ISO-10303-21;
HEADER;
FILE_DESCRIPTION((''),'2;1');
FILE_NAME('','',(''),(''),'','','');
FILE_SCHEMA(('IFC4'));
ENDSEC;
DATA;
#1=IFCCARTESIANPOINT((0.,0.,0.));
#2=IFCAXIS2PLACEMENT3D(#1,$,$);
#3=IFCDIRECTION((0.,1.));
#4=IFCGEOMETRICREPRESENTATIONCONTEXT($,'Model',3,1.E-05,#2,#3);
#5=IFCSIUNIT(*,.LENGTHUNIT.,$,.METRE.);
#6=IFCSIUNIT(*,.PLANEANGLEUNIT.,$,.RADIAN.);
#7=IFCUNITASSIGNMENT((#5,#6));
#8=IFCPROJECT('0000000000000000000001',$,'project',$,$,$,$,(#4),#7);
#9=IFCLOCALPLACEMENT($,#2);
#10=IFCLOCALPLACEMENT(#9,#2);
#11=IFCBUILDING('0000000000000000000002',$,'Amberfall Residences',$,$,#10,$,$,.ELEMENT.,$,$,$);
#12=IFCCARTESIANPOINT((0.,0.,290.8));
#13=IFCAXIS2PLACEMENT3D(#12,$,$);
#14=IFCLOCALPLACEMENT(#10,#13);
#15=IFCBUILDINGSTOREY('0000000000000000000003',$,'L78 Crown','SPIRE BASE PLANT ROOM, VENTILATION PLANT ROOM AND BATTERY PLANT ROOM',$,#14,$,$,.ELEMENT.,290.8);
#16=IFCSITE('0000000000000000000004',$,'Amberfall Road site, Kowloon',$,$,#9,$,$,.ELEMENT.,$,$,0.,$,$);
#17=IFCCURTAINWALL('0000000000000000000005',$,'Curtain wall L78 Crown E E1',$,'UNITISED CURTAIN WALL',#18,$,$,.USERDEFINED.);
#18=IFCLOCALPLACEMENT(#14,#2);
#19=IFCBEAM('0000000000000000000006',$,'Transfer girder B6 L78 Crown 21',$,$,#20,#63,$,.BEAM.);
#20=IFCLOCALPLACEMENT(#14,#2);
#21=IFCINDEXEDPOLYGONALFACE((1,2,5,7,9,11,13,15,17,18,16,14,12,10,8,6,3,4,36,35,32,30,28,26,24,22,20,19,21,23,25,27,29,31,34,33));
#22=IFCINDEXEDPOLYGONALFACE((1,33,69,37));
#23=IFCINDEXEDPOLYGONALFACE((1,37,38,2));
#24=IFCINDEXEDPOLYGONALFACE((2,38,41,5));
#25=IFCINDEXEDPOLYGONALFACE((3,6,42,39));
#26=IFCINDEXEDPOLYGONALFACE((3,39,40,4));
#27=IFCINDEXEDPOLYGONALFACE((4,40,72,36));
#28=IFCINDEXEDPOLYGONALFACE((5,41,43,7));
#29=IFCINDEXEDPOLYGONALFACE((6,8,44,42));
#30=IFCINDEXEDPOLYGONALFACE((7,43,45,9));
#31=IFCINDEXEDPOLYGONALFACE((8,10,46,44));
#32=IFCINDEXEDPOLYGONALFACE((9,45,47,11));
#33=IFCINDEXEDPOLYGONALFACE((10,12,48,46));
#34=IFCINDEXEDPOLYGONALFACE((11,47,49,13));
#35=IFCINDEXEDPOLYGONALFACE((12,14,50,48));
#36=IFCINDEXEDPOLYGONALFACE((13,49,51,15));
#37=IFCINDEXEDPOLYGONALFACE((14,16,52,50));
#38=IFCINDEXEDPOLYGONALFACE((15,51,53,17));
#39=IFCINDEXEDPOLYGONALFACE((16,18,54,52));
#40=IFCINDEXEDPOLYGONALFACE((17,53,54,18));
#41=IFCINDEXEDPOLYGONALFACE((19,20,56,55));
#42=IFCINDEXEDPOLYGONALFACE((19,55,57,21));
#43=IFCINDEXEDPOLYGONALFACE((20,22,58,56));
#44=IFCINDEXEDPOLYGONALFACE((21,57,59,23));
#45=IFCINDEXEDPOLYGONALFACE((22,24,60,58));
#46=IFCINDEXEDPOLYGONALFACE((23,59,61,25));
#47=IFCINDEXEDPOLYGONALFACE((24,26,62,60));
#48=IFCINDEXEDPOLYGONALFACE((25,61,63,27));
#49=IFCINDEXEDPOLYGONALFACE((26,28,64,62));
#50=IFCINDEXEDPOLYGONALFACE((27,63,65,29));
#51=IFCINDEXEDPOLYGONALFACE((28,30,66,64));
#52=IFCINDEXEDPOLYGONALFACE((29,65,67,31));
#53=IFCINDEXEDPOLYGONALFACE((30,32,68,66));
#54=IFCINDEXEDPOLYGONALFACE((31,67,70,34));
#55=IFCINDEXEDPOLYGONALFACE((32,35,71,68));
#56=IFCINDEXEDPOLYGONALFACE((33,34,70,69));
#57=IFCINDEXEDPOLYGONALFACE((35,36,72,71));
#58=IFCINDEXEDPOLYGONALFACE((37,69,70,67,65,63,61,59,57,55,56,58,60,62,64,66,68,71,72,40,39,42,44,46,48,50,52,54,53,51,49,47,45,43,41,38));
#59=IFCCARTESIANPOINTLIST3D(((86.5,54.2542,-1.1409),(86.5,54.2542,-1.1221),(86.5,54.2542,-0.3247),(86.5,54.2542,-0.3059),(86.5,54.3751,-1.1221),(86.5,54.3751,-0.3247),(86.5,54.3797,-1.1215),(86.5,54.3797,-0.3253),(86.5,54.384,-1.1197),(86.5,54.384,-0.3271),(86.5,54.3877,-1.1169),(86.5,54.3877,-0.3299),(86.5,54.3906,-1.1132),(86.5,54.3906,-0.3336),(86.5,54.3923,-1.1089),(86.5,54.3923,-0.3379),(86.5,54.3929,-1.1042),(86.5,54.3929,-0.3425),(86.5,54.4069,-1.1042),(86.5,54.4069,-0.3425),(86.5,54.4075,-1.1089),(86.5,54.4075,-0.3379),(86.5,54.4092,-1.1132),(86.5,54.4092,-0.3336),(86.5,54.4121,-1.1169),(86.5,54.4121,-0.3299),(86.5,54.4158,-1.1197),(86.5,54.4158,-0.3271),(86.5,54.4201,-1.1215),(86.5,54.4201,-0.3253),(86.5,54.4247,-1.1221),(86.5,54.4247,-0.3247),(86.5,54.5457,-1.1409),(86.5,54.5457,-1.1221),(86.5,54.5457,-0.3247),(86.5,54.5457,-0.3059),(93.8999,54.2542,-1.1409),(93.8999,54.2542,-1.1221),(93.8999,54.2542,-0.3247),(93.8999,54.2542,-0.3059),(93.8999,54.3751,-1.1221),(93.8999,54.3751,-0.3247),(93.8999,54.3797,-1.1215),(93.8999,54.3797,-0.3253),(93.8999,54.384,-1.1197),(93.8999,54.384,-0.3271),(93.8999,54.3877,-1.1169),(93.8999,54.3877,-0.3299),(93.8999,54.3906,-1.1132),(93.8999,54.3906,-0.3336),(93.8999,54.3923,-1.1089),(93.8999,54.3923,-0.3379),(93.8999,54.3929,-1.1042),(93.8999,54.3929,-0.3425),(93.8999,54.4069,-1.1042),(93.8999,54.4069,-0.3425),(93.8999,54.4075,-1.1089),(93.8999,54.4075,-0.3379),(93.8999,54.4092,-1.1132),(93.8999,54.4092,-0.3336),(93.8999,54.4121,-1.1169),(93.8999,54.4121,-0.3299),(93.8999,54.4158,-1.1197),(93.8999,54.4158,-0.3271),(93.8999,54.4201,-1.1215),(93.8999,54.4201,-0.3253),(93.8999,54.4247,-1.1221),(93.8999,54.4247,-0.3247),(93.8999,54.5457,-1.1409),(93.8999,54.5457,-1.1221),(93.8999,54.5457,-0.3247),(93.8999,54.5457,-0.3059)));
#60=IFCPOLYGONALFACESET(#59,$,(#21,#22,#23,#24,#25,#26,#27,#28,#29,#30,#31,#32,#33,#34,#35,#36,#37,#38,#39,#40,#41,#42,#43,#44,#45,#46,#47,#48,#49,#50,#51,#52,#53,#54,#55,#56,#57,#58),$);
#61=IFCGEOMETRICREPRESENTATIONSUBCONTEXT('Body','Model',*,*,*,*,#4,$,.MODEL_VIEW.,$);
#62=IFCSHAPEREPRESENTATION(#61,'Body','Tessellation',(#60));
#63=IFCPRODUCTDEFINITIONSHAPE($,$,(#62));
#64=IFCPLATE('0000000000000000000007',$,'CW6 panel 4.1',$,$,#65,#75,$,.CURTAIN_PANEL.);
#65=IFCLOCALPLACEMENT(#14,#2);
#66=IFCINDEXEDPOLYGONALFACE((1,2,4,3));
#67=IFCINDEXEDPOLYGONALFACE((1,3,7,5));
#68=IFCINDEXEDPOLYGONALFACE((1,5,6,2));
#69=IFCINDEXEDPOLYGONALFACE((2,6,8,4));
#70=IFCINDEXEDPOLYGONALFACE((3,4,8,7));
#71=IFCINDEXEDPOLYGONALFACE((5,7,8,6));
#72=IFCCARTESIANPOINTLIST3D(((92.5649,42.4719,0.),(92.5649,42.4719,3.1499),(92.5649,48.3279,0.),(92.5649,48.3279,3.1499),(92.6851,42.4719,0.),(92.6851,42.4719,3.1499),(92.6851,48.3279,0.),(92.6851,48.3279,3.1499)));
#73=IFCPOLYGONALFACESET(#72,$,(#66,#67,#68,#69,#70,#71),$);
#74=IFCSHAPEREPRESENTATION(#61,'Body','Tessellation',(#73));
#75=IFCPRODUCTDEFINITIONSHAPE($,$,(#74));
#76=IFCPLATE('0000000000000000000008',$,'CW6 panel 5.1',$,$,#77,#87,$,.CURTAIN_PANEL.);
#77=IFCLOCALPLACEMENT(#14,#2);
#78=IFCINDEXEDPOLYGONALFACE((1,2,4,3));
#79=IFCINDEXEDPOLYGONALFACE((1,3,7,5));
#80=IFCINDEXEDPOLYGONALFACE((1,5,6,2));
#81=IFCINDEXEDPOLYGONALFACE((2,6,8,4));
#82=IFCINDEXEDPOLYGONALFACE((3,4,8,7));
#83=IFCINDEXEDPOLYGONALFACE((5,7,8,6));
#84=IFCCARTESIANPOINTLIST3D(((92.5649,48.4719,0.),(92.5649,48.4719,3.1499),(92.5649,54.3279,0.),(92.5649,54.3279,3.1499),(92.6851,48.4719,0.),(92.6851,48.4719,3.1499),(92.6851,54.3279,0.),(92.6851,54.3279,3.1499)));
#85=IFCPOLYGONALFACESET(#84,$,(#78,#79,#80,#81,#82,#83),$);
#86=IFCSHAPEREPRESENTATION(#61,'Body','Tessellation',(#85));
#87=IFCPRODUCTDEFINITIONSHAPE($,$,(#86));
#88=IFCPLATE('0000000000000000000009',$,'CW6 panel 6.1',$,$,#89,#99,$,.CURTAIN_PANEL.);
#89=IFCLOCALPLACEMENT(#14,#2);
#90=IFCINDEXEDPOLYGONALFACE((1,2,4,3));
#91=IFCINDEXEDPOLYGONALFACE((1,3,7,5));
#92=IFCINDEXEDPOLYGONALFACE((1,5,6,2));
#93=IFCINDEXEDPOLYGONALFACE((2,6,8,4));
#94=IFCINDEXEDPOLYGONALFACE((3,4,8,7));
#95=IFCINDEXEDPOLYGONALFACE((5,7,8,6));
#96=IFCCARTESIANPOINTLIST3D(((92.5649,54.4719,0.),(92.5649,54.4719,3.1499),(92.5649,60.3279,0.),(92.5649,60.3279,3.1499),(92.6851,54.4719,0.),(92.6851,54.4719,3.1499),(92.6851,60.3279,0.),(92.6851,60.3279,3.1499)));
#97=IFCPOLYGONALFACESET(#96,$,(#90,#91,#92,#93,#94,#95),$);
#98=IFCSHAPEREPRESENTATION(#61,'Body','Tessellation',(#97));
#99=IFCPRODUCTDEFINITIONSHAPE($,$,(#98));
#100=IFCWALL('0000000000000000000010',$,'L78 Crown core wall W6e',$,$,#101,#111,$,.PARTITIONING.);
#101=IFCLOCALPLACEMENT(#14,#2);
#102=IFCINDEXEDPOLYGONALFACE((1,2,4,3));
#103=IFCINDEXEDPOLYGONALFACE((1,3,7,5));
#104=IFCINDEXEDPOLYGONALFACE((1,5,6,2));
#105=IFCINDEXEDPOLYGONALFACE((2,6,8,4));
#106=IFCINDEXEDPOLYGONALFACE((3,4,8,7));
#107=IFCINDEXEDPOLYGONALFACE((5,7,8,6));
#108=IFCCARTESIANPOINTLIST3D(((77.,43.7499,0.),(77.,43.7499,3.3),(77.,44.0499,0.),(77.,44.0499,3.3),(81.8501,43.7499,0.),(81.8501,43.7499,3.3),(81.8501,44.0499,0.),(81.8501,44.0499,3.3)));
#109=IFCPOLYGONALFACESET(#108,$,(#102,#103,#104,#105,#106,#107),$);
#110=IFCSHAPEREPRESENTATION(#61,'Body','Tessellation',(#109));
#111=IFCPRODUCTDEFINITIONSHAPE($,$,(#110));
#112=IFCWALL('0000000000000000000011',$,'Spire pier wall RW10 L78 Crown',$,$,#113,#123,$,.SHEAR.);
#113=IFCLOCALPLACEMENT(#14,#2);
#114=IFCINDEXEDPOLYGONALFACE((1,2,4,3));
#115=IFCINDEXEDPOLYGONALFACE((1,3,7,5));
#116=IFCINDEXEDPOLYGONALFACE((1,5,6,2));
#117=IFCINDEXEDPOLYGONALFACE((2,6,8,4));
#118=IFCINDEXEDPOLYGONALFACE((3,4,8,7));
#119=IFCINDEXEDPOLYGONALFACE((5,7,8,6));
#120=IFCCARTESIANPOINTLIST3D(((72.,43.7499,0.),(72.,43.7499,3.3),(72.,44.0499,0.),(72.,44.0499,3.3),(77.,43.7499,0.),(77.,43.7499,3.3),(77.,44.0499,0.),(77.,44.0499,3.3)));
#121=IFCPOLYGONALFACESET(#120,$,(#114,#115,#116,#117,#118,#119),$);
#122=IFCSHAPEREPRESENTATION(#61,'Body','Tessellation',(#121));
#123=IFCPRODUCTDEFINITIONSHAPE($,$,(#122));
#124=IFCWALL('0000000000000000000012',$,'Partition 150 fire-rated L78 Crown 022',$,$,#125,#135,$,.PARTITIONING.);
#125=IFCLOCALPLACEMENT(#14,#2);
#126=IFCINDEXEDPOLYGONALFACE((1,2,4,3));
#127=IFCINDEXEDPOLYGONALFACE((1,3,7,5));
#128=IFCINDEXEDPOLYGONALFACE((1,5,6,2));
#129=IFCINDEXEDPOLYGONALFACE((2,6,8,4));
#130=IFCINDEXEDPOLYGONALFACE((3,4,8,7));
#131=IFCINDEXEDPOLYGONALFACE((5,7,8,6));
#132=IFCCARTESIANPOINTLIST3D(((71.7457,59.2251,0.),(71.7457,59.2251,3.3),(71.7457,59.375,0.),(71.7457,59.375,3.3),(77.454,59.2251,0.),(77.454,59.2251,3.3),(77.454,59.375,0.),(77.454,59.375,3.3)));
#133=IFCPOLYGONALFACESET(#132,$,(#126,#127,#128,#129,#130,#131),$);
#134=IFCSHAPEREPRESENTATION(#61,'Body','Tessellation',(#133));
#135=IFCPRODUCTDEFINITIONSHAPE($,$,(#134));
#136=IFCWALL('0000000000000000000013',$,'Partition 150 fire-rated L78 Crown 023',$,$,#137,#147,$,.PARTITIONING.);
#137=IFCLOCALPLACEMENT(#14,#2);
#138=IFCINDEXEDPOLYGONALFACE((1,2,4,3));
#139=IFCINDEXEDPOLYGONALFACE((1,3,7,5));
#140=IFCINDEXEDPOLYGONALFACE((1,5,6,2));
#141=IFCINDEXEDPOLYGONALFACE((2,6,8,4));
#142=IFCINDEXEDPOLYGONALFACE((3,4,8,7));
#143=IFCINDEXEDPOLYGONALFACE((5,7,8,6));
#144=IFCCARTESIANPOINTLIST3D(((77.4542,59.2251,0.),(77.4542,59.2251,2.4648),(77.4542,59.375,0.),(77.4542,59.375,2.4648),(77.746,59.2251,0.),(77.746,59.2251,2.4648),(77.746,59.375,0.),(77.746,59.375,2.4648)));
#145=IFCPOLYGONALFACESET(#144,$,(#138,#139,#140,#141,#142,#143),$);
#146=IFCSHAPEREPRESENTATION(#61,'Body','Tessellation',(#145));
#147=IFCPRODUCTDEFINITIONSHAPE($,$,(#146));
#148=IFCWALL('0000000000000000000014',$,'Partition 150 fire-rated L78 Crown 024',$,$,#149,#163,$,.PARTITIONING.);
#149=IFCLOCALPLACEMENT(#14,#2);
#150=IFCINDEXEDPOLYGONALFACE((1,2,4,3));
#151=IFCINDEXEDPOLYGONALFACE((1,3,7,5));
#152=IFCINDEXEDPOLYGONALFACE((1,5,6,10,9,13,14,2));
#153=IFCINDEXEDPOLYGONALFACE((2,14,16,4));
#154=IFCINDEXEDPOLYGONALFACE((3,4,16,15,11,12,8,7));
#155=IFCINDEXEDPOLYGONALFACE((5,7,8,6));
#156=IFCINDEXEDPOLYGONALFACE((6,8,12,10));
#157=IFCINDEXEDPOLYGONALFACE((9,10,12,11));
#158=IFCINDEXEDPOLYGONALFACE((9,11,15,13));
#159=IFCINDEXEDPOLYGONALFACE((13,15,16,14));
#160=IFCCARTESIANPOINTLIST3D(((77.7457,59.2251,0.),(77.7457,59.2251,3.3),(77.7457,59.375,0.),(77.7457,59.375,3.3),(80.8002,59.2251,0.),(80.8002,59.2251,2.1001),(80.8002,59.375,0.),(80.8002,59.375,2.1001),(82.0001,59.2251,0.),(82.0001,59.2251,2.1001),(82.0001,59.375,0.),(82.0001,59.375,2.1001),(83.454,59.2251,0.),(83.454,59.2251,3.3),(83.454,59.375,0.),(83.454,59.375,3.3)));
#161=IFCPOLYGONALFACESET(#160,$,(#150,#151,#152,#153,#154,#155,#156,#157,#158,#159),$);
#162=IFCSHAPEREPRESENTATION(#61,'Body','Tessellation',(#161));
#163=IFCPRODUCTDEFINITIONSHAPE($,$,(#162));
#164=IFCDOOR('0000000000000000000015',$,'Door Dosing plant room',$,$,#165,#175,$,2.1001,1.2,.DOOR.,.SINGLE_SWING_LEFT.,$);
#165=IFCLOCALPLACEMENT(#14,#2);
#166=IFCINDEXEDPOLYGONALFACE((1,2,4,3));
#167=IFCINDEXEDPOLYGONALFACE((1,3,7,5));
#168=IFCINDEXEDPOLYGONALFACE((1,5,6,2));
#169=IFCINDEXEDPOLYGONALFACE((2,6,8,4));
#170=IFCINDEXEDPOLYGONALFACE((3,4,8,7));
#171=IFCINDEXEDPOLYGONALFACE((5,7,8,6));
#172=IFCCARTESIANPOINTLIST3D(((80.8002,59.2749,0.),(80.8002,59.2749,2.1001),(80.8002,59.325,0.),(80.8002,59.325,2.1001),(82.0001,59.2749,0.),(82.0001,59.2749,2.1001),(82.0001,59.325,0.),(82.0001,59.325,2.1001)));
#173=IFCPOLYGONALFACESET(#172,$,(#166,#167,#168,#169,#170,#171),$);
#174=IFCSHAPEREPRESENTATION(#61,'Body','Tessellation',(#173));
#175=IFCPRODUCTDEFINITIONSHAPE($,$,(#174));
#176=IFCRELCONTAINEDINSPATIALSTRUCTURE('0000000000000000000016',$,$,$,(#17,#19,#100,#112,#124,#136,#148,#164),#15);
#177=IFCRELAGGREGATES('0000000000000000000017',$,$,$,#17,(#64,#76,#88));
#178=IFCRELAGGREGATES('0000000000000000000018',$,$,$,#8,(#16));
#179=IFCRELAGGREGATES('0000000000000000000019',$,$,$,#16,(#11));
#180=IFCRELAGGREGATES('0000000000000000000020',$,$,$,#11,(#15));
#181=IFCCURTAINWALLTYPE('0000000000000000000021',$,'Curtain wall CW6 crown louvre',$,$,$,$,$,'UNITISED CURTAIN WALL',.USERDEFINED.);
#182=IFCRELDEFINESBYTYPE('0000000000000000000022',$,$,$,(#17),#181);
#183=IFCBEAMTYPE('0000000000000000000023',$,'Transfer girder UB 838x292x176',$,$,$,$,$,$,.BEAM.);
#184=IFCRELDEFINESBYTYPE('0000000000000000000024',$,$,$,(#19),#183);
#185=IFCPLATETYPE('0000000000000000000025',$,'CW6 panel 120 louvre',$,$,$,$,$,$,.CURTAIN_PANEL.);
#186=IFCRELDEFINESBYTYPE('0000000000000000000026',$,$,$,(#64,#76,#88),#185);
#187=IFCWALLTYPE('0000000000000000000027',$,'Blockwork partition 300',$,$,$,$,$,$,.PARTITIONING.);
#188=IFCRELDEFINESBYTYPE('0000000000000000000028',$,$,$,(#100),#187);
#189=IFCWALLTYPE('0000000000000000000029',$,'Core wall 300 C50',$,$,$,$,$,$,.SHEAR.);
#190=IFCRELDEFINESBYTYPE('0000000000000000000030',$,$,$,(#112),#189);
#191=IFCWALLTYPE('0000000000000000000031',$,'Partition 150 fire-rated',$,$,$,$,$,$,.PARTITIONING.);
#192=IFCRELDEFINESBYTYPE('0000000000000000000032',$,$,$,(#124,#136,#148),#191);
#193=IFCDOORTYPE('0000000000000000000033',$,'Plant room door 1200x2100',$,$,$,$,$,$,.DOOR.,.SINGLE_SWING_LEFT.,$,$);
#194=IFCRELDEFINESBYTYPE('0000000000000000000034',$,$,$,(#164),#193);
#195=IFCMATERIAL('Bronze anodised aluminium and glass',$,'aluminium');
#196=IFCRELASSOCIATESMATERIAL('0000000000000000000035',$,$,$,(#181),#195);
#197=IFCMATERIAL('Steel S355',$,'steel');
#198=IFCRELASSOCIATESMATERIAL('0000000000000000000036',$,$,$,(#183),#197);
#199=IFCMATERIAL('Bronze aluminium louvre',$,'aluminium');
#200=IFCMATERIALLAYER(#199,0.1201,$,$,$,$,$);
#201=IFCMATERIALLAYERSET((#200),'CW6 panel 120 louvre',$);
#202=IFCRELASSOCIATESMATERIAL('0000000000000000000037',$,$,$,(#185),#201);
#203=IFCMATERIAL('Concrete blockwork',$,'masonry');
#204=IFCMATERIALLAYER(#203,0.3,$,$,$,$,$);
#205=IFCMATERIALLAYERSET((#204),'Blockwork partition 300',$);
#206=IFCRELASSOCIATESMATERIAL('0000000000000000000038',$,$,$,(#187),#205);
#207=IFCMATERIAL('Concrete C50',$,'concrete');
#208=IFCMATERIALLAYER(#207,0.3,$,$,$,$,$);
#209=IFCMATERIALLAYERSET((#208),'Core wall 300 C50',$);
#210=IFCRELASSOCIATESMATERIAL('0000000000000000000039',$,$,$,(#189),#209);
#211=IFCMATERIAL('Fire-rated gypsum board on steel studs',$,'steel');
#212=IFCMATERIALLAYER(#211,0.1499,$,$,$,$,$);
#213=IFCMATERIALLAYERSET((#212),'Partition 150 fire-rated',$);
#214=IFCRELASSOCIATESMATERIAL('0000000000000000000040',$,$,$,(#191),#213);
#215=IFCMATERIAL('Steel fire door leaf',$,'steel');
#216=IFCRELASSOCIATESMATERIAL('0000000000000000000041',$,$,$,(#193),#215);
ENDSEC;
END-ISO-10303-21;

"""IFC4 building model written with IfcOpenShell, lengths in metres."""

from ifc_helpers import new_model, si_unit, direction, frame, frame_2d, origin, origin_2d, place, context, subcontext, project, spatial, rectangle, i_section, extrude, material, layer, layer_set, material_profile, profile_set, type_object, element, fill, aggregate, save


model = new_model("IFC4")

# Units and contexts
model_context = context("Model", 3, precision=1e-05, world=origin(), true_north=direction((0.0, 1.0)))
body_context = subcontext(model_context, "Body", "Model", "MODEL_VIEW")
ifc_project = project(units=[si_unit("LENGTHUNIT", "METRE"), si_unit("PLANEANGLEUNIT", "RADIAN")], contexts=[model_context])

# Site, building, storey
site_placement = place(None, origin())
site = spatial("IfcSite", under=ifc_project, at=site_placement, Name="Amberfall Road site, Kowloon", CompositionType="ELEMENT", RefElevation=0.0)
building_placement = place(site_placement, origin())
building = spatial("IfcBuilding", under=site, at=building_placement, Name="Amberfall Residences", CompositionType="ELEMENT")
storey_placement = place(building_placement, frame((0.0, 0.0, 290.8)))
storey = spatial("IfcBuildingStorey", under=building, at=storey_placement, Name="L78 Crown", Description="SPIRE BASE PLANT ROOM, VENTILATION PLANT ROOM AND BATTERY PLANT ROOM", CompositionType="ELEMENT", Elevation=290.8)

# Shared definitions
ifc_material_1 = material(Name="Concrete C50", Category="concrete")

# Shared definitions
ifc_material_2 = material(Name="Steel S355", Category="steel")

# Curtain wall
ifc_material_3 = material(Name="Bronze anodised aluminium and glass", Category="aluminium")
curtain_wall_type = type_object("IfcCurtainWallType", Name="Curtain wall CW6 crown louvre", ElementType="UNITISED CURTAIN WALL", PredefinedType="USERDEFINED", material=ifc_material_3)
curtain_wall_placement = place(storey_placement, origin())
curtain_wall = element("IfcCurtainWall", 1, at=curtain_wall_placement, inside=storey, type_object=curtain_wall_type, Name="Curtain wall L78 Crown E E1", ObjectType="UNITISED CURTAIN WALL", PredefinedType="USERDEFINED")

# Beam
ifc_material_profile_1 = material_profile(ifc_material_2, i_section(OverallWidth=0.2915, OverallDepth=0.835, WebThickness=0.0139, FlangeThickness=0.0188, FilletRadius=0.0178, at=origin_2d()), Name="UB 838x292x176")
ifc_profile_set_1 = profile_set([ifc_material_profile_1], Name="Steel S355")
beam_type_1 = type_object("IfcBeamType", Name="Transfer girder UB 838x292x176", PredefinedType="BEAM", material=ifc_profile_set_1)
for number, where, z_axis, x_axis, name in (
    (2, (93.8999, 54.3999, -0.7234), (-1.0, 0.0, 0.0), (0.0, -1.0, 0.0), "Transfer girder B6 L78 Crown 21"),
):
    element("IfcBeam", number, at=place(storey_placement, frame(where, z_axis=z_axis, x_axis=x_axis)), inside=storey, type_object=beam_type_1, Name=name, PredefinedType="BEAM", context=body_context, shape_type="SweptSolid", body=[
        extrude(i_section(OverallWidth=0.2915, OverallDepth=0.835, WebThickness=0.0139, FlangeThickness=0.0188, FilletRadius=0.0178, at=origin_2d()), origin(), (0.0, 0.0, 1.0), 7.3999),
    ])

# Plates
ifc_material_4 = material(Name="Bronze aluminium louvre", Category="aluminium")
ifc_layer_1 = layer(ifc_material_4, 0.1201)
ifc_layer_set_1 = layer_set([ifc_layer_1], Name="CW6 panel 120 louvre")
plate_type = type_object("IfcPlateType", Name="CW6 panel 120 louvre", PredefinedType="CURTAIN_PANEL", material=ifc_layer_set_1)
plate_1_placement = place(storey_placement, frame((92.625, 45.3999, 0.0), z_axis=(0.0, 0.0, 1.0), x_axis=(0.0, 1.0, 0.0)))
plate_1 = element("IfcPlate", 3, at=plate_1_placement, type_object=plate_type, Name="CW6 panel 4.1", PredefinedType="CURTAIN_PANEL", context=body_context, shape_type="SweptSolid", body=[
    extrude(rectangle(XDim=5.856, YDim=0.1201, at=origin_2d()), origin(), (0.0, 0.0, 1.0), 3.1499),
])
plate_2_placement = place(storey_placement, frame((92.625, 51.3999, 0.0), z_axis=(0.0, 0.0, 1.0), x_axis=(0.0, 1.0, 0.0)))
plate_2 = element("IfcPlate", 4, at=plate_2_placement, type_object=plate_type, Name="CW6 panel 5.1", PredefinedType="CURTAIN_PANEL", context=body_context, shape_type="SweptSolid", body=[
    extrude(rectangle(XDim=5.856, YDim=0.1201, at=origin_2d()), origin(), (0.0, 0.0, 1.0), 3.1499),
])
plate_3_placement = place(storey_placement, frame((92.625, 57.3999, 0.0), z_axis=(0.0, 0.0, 1.0), x_axis=(0.0, 1.0, 0.0)))
plate_3 = element("IfcPlate", 5, at=plate_3_placement, type_object=plate_type, Name="CW6 panel 6.1", PredefinedType="CURTAIN_PANEL", context=body_context, shape_type="SweptSolid", body=[
    extrude(rectangle(XDim=5.856, YDim=0.1201, at=origin_2d()), origin(), (0.0, 0.0, 1.0), 3.1499),
])
aggregate(curtain_wall, [plate_1, plate_2, plate_3])

# Walls
ifc_material_5 = material(Name="Concrete blockwork", Category="masonry")
ifc_layer_2 = layer(ifc_material_5, 0.3)
ifc_layer_set_2 = layer_set([ifc_layer_2], Name="Blockwork partition 300")
wall_type_1 = type_object("IfcWallType", Name="Blockwork partition 300", PredefinedType="PARTITIONING", material=ifc_layer_set_2)
wall_1_placement = place(storey_placement, frame((77.0, 43.8999, 0.0), z_axis=(0.0, 0.0, 1.0), x_axis=(1.0, 0.0, 0.0)))
element("IfcWall", 6, at=wall_1_placement, inside=storey, type_object=wall_type_1, Name="L78 Crown core wall W6e", PredefinedType="PARTITIONING", context=body_context, shape_type="SweptSolid", body=[
    extrude(rectangle(XDim=4.8501, YDim=0.3, at=frame_2d((2.425, 0.0))), origin(), (0.0, 0.0, 1.0), 3.3),
])
ifc_layer_3 = layer(ifc_material_1, 0.3)
ifc_layer_set_3 = layer_set([ifc_layer_3], Name="Core wall 300 C50")
wall_type_2 = type_object("IfcWallType", Name="Core wall 300 C50", PredefinedType="SHEAR", material=ifc_layer_set_3)
wall_2_placement = place(storey_placement, frame((72.0, 43.8999, 0.0), z_axis=(0.0, 0.0, 1.0), x_axis=(1.0, 0.0, 0.0)))
element("IfcWall", 7, at=wall_2_placement, inside=storey, type_object=wall_type_2, Name="Spire pier wall RW10 L78 Crown", PredefinedType="SHEAR", context=body_context, shape_type="SweptSolid", body=[
    extrude(rectangle(XDim=5.0, YDim=0.3, at=frame_2d((2.5, 0.0))), origin(), (0.0, 0.0, 1.0), 3.3),
])
ifc_material_6 = material(Name="Fire-rated gypsum board on steel studs", Category="steel")
ifc_layer_4 = layer(ifc_material_6, 0.1499)
ifc_layer_set_4 = layer_set([ifc_layer_4], Name="Partition 150 fire-rated")
wall_type_3 = type_object("IfcWallType", Name="Partition 150 fire-rated", PredefinedType="PARTITIONING", material=ifc_layer_set_4)
wall_3_placement = place(storey_placement, frame((71.7458, 59.3, 0.0), z_axis=(0.0, 0.0, 1.0), x_axis=(1.0, 0.0, 0.0)))
element("IfcWall", 8, at=wall_3_placement, inside=storey, type_object=wall_type_3, Name="Partition 150 fire-rated L78 Crown 022", PredefinedType="PARTITIONING", context=body_context, shape_type="SweptSolid", body=[
    extrude(rectangle(XDim=5.7083, YDim=0.1499, at=frame_2d((2.854, 0.0))), origin(), (0.0, 0.0, 1.0), 3.3),
])
wall_4_placement = place(storey_placement, frame((77.4541, 59.3, 0.0), z_axis=(0.0, 0.0, 1.0), x_axis=(1.0, 0.0, 0.0)))
element("IfcWall", 9, at=wall_4_placement, inside=storey, type_object=wall_type_3, Name="Partition 150 fire-rated L78 Crown 023", PredefinedType="PARTITIONING", context=body_context, shape_type="SweptSolid", body=[
    extrude(rectangle(XDim=0.2917, YDim=0.1499, at=frame_2d((0.146, 0.0))), origin(), (0.0, 0.0, 1.0), 2.4648),
])

# Wall, opening, door
wall_5_placement = place(storey_placement, frame((77.7458, 59.3, 0.0), z_axis=(0.0, 0.0, 1.0), x_axis=(1.0, 0.0, 0.0)))
wall_5 = element("IfcWall", 10, at=wall_5_placement, inside=storey, type_object=wall_type_3, Name="Partition 150 fire-rated L78 Crown 024", PredefinedType="PARTITIONING", context=body_context, shape_type="SweptSolid", body=[
    extrude(rectangle(XDim=5.7083, YDim=0.1499, at=frame_2d((2.854, 0.0))), origin(), (0.0, 0.0, 1.0), 3.3),
])
opening_1_placement = place(wall_5_placement, frame((3.0542, 0.0, 0.0)))
opening_1 = element("IfcOpeningElement", 11, at=opening_1_placement, cuts=wall_5, PredefinedType="OPENING", context=body_context, shape_type="SweptSolid", body=[
    extrude(rectangle(XDim=1.2, YDim=2.1001, at=frame_2d((0.6001, 1.05))), frame((0.0, 0.085, 0.0), z_axis=(0.0, -1.0, 0.0), x_axis=(1.0, 0.0, 0.0)), (0.0, 0.0, 1.0), 0.1699),
])
ifc_material_7 = material(Name="Steel fire door leaf", Category="steel")
door_type_1 = type_object("IfcDoorType", Name="Plant room door 1200x2100", OperationType="SINGLE_SWING_LEFT", PredefinedType="DOOR", material=ifc_material_7)
door_1_placement = place(opening_1_placement, origin())
door_1 = element("IfcDoor", 12, at=door_1_placement, inside=storey, type_object=door_type_1, Name="Door Dosing plant room", OperationType="SINGLE_SWING_LEFT", OverallHeight=2.1001, OverallWidth=1.2, PredefinedType="DOOR", context=body_context, shape_type="SweptSolid", body=[
    extrude(rectangle(XDim=1.2, YDim=2.1001, at=frame_2d((0.6001, 1.05))), frame((0.0, 0.0249, 0.0), z_axis=(0.0, -1.0, 0.0), x_axis=(1.0, 0.0, 0.0)), (0.0, 0.0, 1.0), 0.05),
])
fill(opening_1, door_1)

save(model, "model.ifc")
